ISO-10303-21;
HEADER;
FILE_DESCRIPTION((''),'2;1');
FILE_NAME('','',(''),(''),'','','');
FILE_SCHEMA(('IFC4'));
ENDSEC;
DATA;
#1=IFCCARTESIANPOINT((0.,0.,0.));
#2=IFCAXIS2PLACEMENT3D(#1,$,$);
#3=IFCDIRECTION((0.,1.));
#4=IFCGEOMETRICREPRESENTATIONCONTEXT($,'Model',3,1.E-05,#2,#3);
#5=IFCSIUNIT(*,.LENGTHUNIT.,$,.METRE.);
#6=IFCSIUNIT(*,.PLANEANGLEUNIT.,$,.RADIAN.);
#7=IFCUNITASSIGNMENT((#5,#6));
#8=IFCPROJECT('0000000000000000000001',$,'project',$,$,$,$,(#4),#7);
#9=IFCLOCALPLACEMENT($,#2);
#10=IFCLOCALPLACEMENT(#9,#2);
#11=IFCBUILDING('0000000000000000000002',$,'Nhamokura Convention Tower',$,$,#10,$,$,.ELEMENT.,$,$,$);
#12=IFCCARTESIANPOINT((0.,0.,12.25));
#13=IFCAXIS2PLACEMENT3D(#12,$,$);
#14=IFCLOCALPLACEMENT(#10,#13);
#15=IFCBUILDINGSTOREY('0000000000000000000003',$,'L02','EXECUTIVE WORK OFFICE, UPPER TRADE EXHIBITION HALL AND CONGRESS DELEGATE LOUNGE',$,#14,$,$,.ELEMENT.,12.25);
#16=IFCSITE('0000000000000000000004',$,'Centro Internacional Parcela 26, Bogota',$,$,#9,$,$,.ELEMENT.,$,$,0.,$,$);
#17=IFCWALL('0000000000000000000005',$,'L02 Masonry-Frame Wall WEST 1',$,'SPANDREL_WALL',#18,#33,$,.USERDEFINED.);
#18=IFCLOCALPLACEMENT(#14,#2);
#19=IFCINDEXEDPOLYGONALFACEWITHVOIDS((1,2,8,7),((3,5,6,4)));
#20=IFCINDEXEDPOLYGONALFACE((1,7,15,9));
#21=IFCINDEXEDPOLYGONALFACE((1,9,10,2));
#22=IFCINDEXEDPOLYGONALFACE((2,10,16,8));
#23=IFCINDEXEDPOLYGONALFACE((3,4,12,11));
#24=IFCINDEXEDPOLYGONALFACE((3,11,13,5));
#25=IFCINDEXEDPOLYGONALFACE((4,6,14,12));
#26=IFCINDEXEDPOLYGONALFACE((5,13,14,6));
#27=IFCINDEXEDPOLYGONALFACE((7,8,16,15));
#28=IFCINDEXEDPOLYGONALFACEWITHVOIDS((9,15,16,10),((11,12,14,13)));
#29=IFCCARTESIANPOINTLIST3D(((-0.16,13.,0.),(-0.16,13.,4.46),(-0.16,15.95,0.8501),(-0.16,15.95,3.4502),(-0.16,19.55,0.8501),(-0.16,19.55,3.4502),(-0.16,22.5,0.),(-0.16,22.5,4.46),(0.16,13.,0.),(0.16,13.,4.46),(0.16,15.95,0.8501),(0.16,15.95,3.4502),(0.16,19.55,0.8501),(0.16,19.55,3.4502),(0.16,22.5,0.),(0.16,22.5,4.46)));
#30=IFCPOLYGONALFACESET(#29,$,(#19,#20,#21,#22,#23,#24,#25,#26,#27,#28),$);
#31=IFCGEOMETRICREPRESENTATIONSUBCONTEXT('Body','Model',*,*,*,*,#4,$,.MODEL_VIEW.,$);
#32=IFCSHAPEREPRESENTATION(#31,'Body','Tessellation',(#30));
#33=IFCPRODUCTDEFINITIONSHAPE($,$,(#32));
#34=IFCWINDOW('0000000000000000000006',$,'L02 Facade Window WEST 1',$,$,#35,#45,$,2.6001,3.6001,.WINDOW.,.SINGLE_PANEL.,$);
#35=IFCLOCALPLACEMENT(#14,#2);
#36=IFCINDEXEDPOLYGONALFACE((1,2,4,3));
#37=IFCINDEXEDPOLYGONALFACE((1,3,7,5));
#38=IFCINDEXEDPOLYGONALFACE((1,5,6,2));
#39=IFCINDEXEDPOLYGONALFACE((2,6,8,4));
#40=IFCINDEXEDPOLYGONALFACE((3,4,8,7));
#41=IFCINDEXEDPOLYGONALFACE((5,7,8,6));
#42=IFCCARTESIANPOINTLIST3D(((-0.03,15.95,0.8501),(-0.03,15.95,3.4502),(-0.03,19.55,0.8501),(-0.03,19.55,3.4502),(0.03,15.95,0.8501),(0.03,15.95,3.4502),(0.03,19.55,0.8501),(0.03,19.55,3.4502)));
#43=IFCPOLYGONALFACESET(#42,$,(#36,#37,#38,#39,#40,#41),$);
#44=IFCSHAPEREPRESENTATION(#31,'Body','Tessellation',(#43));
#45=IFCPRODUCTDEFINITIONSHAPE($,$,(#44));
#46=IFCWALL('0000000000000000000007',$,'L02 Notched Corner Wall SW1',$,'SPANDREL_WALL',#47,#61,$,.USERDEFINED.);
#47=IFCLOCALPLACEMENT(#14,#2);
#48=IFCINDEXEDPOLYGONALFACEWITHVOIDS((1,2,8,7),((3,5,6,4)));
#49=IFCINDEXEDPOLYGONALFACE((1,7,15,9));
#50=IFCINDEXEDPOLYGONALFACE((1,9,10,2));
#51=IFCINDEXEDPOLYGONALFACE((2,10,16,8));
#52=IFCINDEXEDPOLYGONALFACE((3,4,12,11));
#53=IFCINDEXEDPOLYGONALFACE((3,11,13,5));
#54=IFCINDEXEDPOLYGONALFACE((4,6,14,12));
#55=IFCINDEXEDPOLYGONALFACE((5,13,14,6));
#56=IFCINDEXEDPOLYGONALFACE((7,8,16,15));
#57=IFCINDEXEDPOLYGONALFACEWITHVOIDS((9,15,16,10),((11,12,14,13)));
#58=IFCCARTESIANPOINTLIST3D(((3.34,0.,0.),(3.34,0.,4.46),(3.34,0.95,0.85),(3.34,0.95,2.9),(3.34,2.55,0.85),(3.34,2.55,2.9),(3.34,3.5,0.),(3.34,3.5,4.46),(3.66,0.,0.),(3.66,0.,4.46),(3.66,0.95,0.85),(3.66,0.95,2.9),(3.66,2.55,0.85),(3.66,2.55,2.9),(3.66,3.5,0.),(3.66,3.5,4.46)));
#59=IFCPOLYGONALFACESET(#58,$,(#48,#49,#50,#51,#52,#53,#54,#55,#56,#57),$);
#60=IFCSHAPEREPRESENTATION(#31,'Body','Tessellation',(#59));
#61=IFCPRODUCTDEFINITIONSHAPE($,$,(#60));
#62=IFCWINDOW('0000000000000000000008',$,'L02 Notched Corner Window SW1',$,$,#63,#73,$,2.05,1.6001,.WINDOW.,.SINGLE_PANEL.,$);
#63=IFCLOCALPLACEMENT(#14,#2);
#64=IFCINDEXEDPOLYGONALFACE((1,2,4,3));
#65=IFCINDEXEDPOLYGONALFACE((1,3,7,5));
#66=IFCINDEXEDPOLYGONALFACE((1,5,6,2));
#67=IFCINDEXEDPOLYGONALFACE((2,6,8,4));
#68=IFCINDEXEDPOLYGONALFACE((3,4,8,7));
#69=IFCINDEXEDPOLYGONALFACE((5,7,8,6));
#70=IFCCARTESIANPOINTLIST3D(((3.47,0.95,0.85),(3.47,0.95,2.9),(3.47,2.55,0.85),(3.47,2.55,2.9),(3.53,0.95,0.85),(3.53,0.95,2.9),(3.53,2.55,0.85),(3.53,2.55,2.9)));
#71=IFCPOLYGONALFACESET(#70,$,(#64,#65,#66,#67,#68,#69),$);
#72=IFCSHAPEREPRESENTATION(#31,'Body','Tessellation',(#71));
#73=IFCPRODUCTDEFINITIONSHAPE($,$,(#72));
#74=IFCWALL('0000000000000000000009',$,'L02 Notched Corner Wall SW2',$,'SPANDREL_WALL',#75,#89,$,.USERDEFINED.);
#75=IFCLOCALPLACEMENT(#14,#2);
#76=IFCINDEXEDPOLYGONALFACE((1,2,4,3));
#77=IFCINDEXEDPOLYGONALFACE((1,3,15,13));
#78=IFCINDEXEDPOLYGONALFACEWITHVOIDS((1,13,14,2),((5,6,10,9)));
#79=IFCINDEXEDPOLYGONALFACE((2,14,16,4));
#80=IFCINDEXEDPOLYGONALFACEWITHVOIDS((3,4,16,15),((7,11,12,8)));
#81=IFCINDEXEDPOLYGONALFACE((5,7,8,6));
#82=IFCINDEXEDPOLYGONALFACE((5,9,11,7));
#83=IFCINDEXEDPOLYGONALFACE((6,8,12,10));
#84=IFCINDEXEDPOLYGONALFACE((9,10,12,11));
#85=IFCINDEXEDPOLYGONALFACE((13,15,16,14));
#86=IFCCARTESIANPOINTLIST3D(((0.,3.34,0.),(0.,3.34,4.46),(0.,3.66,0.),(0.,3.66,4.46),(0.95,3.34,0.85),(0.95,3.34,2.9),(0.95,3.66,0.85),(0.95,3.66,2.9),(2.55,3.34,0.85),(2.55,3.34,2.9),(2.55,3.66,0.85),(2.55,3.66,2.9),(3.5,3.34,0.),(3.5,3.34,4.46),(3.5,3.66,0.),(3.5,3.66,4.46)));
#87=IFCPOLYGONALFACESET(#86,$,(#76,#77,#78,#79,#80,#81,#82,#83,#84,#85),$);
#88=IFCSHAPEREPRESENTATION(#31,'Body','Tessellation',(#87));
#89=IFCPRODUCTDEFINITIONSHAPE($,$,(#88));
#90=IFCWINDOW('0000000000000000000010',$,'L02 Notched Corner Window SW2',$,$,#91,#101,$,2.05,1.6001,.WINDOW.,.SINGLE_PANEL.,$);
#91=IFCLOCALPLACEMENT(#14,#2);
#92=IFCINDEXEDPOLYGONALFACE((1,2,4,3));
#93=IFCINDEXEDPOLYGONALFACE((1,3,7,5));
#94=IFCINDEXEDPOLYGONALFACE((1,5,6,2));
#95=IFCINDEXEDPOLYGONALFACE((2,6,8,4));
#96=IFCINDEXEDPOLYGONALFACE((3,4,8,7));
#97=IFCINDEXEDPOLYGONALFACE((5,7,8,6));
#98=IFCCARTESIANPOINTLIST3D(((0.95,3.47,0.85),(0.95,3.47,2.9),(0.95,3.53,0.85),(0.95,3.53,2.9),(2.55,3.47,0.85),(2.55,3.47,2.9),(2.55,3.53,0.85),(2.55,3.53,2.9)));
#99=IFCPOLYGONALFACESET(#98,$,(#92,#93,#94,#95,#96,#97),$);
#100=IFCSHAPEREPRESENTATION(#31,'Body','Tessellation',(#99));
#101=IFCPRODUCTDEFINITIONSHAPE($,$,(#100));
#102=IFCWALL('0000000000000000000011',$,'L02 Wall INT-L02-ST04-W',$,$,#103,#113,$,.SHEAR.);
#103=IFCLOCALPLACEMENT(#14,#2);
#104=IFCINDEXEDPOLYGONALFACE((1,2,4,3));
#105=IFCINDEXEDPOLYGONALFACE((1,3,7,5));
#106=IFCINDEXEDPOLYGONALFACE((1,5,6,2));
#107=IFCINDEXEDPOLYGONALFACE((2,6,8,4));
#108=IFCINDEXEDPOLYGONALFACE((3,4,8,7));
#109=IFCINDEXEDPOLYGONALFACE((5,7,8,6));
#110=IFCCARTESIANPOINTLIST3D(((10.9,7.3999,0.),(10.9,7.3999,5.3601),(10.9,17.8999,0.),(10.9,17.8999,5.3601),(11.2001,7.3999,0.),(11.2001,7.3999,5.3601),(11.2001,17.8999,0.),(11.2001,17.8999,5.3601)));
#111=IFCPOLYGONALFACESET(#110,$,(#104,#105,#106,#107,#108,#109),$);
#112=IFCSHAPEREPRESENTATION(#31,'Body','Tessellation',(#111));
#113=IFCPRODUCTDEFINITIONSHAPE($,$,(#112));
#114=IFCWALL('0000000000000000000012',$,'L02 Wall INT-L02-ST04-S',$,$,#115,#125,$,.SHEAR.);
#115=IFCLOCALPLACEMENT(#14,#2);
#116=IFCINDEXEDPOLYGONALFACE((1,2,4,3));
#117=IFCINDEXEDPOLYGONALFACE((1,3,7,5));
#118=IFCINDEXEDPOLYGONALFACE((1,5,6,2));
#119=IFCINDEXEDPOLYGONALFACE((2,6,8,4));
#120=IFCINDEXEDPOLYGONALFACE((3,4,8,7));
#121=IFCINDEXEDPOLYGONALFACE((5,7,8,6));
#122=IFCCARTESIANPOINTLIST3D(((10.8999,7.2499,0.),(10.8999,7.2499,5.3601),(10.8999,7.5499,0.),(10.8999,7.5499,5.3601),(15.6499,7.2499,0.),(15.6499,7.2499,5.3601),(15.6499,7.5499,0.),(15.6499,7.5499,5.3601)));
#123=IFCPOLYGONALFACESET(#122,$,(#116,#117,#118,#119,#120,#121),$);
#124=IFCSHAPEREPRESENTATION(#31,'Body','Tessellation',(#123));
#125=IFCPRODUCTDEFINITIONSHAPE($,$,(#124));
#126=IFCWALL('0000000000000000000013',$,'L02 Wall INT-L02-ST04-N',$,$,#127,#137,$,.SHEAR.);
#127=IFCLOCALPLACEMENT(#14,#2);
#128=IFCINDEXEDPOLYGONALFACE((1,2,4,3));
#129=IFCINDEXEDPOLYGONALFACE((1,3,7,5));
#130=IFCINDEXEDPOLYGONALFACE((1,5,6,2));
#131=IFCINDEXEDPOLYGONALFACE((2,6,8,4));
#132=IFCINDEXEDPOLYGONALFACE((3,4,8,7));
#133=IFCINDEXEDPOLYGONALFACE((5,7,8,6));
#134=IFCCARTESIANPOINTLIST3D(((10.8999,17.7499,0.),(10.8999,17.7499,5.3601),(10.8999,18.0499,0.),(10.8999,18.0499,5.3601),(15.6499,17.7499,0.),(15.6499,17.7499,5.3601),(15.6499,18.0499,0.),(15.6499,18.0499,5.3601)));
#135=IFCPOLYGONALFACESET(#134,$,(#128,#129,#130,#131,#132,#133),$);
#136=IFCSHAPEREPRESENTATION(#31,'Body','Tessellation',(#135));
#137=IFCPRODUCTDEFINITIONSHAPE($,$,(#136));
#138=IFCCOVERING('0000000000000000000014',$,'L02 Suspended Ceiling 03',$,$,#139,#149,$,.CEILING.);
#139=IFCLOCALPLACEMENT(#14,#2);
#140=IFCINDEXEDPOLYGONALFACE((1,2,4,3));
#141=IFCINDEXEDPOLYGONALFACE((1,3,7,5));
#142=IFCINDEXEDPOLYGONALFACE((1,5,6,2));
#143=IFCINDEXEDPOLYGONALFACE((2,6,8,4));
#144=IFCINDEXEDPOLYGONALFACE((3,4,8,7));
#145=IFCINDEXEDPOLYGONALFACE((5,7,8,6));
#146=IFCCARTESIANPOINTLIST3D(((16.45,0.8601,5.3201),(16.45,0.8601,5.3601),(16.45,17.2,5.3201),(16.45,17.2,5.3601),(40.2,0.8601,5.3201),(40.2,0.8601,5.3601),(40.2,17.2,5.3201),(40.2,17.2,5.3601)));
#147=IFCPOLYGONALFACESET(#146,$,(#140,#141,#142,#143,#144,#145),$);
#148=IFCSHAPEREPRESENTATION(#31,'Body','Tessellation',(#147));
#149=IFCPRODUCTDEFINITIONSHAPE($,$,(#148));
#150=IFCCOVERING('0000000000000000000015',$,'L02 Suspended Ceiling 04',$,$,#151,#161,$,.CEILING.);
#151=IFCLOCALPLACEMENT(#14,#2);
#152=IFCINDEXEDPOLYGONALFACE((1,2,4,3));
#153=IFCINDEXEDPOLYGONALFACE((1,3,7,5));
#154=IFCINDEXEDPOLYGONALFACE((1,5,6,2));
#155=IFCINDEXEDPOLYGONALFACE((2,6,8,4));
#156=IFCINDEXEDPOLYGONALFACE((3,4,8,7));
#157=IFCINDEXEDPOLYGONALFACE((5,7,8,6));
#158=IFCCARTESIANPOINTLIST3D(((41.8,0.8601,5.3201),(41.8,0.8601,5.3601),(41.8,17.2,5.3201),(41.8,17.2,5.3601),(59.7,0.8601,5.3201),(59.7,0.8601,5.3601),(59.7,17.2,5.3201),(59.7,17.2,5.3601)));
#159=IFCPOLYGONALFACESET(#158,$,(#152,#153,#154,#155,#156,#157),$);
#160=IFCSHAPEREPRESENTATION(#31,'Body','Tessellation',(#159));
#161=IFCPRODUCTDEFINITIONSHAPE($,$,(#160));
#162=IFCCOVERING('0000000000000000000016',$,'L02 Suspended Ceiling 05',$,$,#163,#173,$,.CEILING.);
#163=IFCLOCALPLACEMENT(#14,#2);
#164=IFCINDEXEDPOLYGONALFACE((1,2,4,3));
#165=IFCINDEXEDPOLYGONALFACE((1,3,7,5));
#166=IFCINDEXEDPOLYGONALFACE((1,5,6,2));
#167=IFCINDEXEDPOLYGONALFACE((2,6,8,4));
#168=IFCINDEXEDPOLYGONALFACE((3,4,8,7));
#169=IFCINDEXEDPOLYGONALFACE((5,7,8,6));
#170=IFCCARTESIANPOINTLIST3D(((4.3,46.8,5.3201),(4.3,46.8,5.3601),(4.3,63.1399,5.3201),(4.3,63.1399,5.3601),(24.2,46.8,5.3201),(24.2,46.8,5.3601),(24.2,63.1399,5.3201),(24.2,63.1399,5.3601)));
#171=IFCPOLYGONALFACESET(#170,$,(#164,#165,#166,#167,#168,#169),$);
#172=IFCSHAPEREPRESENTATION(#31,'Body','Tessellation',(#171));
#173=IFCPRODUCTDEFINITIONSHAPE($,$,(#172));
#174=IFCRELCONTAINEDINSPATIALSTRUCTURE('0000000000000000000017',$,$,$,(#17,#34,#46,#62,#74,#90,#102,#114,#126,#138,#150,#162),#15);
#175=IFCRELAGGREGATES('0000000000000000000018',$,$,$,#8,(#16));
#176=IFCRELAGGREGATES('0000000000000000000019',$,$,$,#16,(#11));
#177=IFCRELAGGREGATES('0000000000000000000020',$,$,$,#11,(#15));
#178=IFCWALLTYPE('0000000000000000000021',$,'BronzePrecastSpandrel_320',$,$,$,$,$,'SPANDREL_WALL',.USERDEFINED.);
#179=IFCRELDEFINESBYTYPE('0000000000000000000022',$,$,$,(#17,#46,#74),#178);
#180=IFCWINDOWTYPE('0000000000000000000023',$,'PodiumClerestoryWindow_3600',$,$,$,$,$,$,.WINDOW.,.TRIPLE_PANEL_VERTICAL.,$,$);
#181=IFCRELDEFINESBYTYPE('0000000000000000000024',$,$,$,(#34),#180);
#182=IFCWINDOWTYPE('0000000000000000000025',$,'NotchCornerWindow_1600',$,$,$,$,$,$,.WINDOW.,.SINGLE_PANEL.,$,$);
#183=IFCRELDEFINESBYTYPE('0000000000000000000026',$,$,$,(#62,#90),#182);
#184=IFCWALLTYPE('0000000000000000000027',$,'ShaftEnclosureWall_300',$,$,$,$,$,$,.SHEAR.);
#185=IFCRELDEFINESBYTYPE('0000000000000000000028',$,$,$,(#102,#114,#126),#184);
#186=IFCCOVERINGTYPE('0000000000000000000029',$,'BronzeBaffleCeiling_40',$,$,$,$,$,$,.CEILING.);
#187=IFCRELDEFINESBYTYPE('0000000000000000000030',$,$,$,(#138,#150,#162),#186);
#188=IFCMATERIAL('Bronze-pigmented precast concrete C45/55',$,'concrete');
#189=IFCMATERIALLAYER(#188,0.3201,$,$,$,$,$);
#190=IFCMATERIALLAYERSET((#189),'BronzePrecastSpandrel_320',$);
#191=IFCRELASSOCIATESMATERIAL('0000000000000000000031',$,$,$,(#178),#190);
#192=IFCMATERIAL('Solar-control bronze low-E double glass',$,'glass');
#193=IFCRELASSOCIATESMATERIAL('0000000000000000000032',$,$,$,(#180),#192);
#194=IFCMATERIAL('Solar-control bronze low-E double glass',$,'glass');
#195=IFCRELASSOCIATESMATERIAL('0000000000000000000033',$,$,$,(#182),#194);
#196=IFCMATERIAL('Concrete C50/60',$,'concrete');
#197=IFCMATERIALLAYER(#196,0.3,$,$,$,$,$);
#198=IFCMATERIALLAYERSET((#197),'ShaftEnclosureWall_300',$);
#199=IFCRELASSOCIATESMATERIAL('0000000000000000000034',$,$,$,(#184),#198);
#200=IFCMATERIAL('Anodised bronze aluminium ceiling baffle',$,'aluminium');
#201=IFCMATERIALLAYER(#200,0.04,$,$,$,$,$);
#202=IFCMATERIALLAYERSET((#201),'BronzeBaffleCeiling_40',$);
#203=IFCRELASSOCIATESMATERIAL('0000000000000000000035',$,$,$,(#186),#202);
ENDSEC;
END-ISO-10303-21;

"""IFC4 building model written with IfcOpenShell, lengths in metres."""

from ifc_helpers import new_model, si_unit, direction, frame, frame_2d, origin, place, context, subcontext, project, spatial, polyline, rectangle, outline, extrude, material, layer, layer_set, type_object, element, fill, save


model = new_model("IFC4")

# Units and contexts
model_context = context("Model", 3, precision=1e-05, world=origin(), true_north=direction((0.0, 1.0)))
body_context = subcontext(model_context, "Body", "Model", "MODEL_VIEW")
ifc_project = project(units=[si_unit("LENGTHUNIT", "METRE"), si_unit("PLANEANGLEUNIT", "RADIAN")], contexts=[model_context])

# Site, building, storey
site_placement = place(None, origin())
site = spatial("IfcSite", under=ifc_project, at=site_placement, Name="Centro Internacional Parcela 26, Bogota", CompositionType="ELEMENT", RefElevation=0.0)
building_placement = place(site_placement, origin())
building = spatial("IfcBuilding", under=site, at=building_placement, Name="Nhamokura Convention Tower", CompositionType="ELEMENT")
storey_placement = place(building_placement, frame((0.0, 0.0, 12.25)))
storey = spatial("IfcBuildingStorey", under=building, at=storey_placement, Name="L02", Description="EXECUTIVE WORK OFFICE, UPPER TRADE EXHIBITION HALL AND CONGRESS DELEGATE LOUNGE", CompositionType="ELEMENT", Elevation=12.25)

# Shared definitions
ifc_material_1 = material(Name="Bronze-pigmented precast concrete C45/55", Category="concrete")
ifc_layer_1 = layer(ifc_material_1, 0.3201)
ifc_layer_set_1 = layer_set([ifc_layer_1], Name="BronzePrecastSpandrel_320")
wall_type_1 = type_object("IfcWallType", Name="BronzePrecastSpandrel_320", ElementType="SPANDREL_WALL", PredefinedType="USERDEFINED", material=ifc_layer_set_1)

# Walls, openings, windows
wall_1_placement = place(storey_placement, frame((0.0, 13.0, 0.0), z_axis=(0.0, 0.0, 1.0), x_axis=(0.0, 1.0, 0.0)))
wall_1 = element("IfcWall", 1, at=wall_1_placement, inside=storey, type_object=wall_type_1, Name="L02 Masonry-Frame Wall WEST 1", ObjectType="SPANDREL_WALL", PredefinedType="USERDEFINED", context=body_context, shape_type="SweptSolid", body=[
    extrude(rectangle(XDim=9.5, YDim=0.3201, at=frame_2d((4.75, 0.0))), origin(), (0.0, 0.0, 1.0), 4.46),
])
opening_1_placement = place(wall_1_placement, frame((2.95, 0.0, 0.8501)))
opening_1 = element("IfcOpeningElement", 2, at=opening_1_placement, cuts=wall_1, PredefinedType="OPENING", context=body_context, shape_type="SweptSolid", body=[
    extrude(rectangle(XDim=3.6001, YDim=2.6001, at=frame_2d((1.8, 1.3))), frame((0.0, 0.1699, 0.0), z_axis=(0.0, -1.0, 0.0), x_axis=(1.0, 0.0, 0.0)), (0.0, 0.0, 1.0), 0.3401),
])
ifc_material_2 = material(Name="Solar-control bronze low-E double glass", Category="glass")
window_type_1 = type_object("IfcWindowType", Name="PodiumClerestoryWindow_3600", PartitioningType="TRIPLE_PANEL_VERTICAL", PredefinedType="WINDOW", material=ifc_material_2)
window_1_placement = place(opening_1_placement, origin())
window_1 = element("IfcWindow", 3, at=window_1_placement, inside=storey, type_object=window_type_1, Name="L02 Facade Window WEST 1", OverallHeight=2.6001, OverallWidth=3.6001, PartitioningType="SINGLE_PANEL", PredefinedType="WINDOW", context=body_context, shape_type="SweptSolid", body=[
    extrude(rectangle(XDim=3.6001, YDim=2.6001, at=frame_2d((1.8, 1.3))), frame((0.0, 0.03, 0.0), z_axis=(0.0, -1.0, 0.0), x_axis=(1.0, 0.0, 0.0)), (0.0, 0.0, 1.0), 0.0601),
])
fill(opening_1, window_1)
wall_2_placement = place(storey_placement, frame((3.5, 0.0, 0.0), z_axis=(0.0, 0.0, 1.0), x_axis=(0.0, 1.0, 0.0)))
wall_2 = element("IfcWall", 4, at=wall_2_placement, inside=storey, type_object=wall_type_1, Name="L02 Notched Corner Wall SW1", ObjectType="SPANDREL_WALL", PredefinedType="USERDEFINED", context=body_context, shape_type="SweptSolid", body=[
    extrude(rectangle(XDim=3.5, YDim=0.3201, at=frame_2d((1.75, 0.0))), origin(), (0.0, 0.0, 1.0), 4.46),
])
opening_2_placement = place(wall_2_placement, frame((0.95, 0.0, 0.8501)))
opening_2 = element("IfcOpeningElement", 5, at=opening_2_placement, cuts=wall_2, PredefinedType="OPENING", context=body_context, shape_type="SweptSolid", body=[
    extrude(rectangle(XDim=1.6001, YDim=2.05, at=frame_2d((0.8, 1.0249))), frame((0.0, 0.1699, 0.0), z_axis=(0.0, -1.0, 0.0), x_axis=(1.0, 0.0, 0.0)), (0.0, 0.0, 1.0), 0.3401),
])
ifc_material_3 = material(Name="Solar-control bronze low-E double glass", Category="glass")
window_type_2 = type_object("IfcWindowType", Name="NotchCornerWindow_1600", PartitioningType="SINGLE_PANEL", PredefinedType="WINDOW", material=ifc_material_3)
window_2_placement = place(opening_2_placement, origin())
window_2 = element("IfcWindow", 6, at=window_2_placement, inside=storey, type_object=window_type_2, Name="L02 Notched Corner Window SW1", OverallHeight=2.05, OverallWidth=1.6001, PartitioningType="SINGLE_PANEL", PredefinedType="WINDOW", context=body_context, shape_type="SweptSolid", body=[
    extrude(rectangle(XDim=1.6001, YDim=2.05, at=frame_2d((0.8, 1.0249))), frame((0.0, 0.03, 0.0), z_axis=(0.0, -1.0, 0.0), x_axis=(1.0, 0.0, 0.0)), (0.0, 0.0, 1.0), 0.0601),
])
fill(opening_2, window_2)
wall_3_placement = place(storey_placement, frame((3.5, 3.5, 0.0), z_axis=(0.0, 0.0, 1.0), x_axis=(-1.0, 0.0, 0.0)))
wall_3 = element("IfcWall", 7, at=wall_3_placement, inside=storey, type_object=wall_type_1, Name="L02 Notched Corner Wall SW2", ObjectType="SPANDREL_WALL", PredefinedType="USERDEFINED", context=body_context, shape_type="SweptSolid", body=[
    extrude(rectangle(XDim=3.5, YDim=0.3201, at=frame_2d((1.75, 0.0))), origin(), (0.0, 0.0, 1.0), 4.46),
])
opening_3_placement = place(wall_3_placement, frame((0.95, 0.0, 0.8501)))
opening_3 = element("IfcOpeningElement", 8, at=opening_3_placement, cuts=wall_3, PredefinedType="OPENING", context=body_context, shape_type="SweptSolid", body=[
    extrude(rectangle(XDim=1.6001, YDim=2.05, at=frame_2d((0.8, 1.0249))), frame((0.0, 0.1699, 0.0), z_axis=(0.0, -1.0, 0.0), x_axis=(1.0, 0.0, 0.0)), (0.0, 0.0, 1.0), 0.3401),
])
window_3_placement = place(opening_3_placement, origin())
window_3 = element("IfcWindow", 9, at=window_3_placement, inside=storey, type_object=window_type_2, Name="L02 Notched Corner Window SW2", OverallHeight=2.05, OverallWidth=1.6001, PartitioningType="SINGLE_PANEL", PredefinedType="WINDOW", context=body_context, shape_type="SweptSolid", body=[
    extrude(rectangle(XDim=1.6001, YDim=2.05, at=frame_2d((0.8, 1.0249))), frame((0.0, 0.03, 0.0), z_axis=(0.0, -1.0, 0.0), x_axis=(1.0, 0.0, 0.0)), (0.0, 0.0, 1.0), 0.0601),
])
fill(opening_3, window_3)

# Walls
ifc_material_4 = material(Name="Concrete C50/60", Category="concrete")
ifc_layer_2 = layer(ifc_material_4, 0.3)
ifc_layer_set_2 = layer_set([ifc_layer_2], Name="ShaftEnclosureWall_300")
wall_type_2 = type_object("IfcWallType", Name="ShaftEnclosureWall_300", PredefinedType="SHEAR", material=ifc_layer_set_2)
wall_4_placement = place(storey_placement, frame((11.05, 7.3999, 0.0), z_axis=(0.0, 0.0, 1.0), x_axis=(0.0, 1.0, 0.0)))
element("IfcWall", 10, at=wall_4_placement, inside=storey, type_object=wall_type_2, Name="L02 Wall INT-L02-ST04-W", PredefinedType="SHEAR", context=body_context, shape_type="SweptSolid", body=[
    extrude(rectangle(XDim=10.5, YDim=0.3, at=frame_2d((5.25, 0.0))), origin(), (0.0, 0.0, 1.0), 5.3601),
])
for number, where, z_axis, x_axis, name in (
    (11, (10.8999, 7.3999, 0.0), (0.0, 0.0, 1.0), (1.0, 0.0, 0.0), "L02 Wall INT-L02-ST04-S"),
    (12, (10.8999, 17.8999, 0.0), (0.0, 0.0, 1.0), (1.0, 0.0, 0.0), "L02 Wall INT-L02-ST04-N"),
):
    element("IfcWall", number, at=place(storey_placement, frame(where, z_axis=z_axis, x_axis=x_axis)), inside=storey, type_object=wall_type_2, Name=name, PredefinedType="SHEAR", context=body_context, shape_type="SweptSolid", body=[
        extrude(rectangle(XDim=4.75, YDim=0.3, at=frame_2d((2.375, 0.0))), origin(), (0.0, 0.0, 1.0), 5.3601),
    ])

# Coverings
ifc_material_5 = material(Name="Anodised bronze aluminium ceiling baffle", Category="aluminium")
ifc_layer_3 = layer(ifc_material_5, 0.04)
ifc_layer_set_3 = layer_set([ifc_layer_3], Name="BronzeBaffleCeiling_40")
covering_type_1 = type_object("IfcCoveringType", Name="BronzeBaffleCeiling_40", PredefinedType="CEILING", material=ifc_layer_set_3)
covering_1_placement = place(storey_placement, frame((0.0, 0.0, 5.3201)))
element("IfcCovering", 13, at=covering_1_placement, inside=storey, type_object=covering_type_1, Name="L02 Suspended Ceiling 03", PredefinedType="CEILING", context=body_context, shape_type="SweptSolid", body=[
    extrude(outline(polyline([(16.45, 0.8601), (40.2, 0.8601), (40.2, 17.2), (16.45, 17.2), (16.45, 0.8601)])), origin(), (0.0, 0.0, 1.0), 0.04),
])
covering_2_placement = place(storey_placement, frame((0.0, 0.0, 5.3201)))
element("IfcCovering", 14, at=covering_2_placement, inside=storey, type_object=covering_type_1, Name="L02 Suspended Ceiling 04", PredefinedType="CEILING", context=body_context, shape_type="SweptSolid", body=[
    extrude(outline(polyline([(41.8, 0.8601), (59.7, 0.8601), (59.7, 17.2), (41.8, 17.2), (41.8, 0.8601)])), origin(), (0.0, 0.0, 1.0), 0.04),
])
covering_3_placement = place(storey_placement, frame((0.0, 0.0, 5.3201)))
element("IfcCovering", 15, at=covering_3_placement, inside=storey, type_object=covering_type_1, Name="L02 Suspended Ceiling 05", PredefinedType="CEILING", context=body_context, shape_type="SweptSolid", body=[
    extrude(outline(polyline([(4.3, 46.8), (24.2, 46.8), (24.2, 63.1399), (4.3, 63.1399), (4.3, 46.8)])), origin(), (0.0, 0.0, 1.0), 0.04),
])

save(model, "model.ifc")
